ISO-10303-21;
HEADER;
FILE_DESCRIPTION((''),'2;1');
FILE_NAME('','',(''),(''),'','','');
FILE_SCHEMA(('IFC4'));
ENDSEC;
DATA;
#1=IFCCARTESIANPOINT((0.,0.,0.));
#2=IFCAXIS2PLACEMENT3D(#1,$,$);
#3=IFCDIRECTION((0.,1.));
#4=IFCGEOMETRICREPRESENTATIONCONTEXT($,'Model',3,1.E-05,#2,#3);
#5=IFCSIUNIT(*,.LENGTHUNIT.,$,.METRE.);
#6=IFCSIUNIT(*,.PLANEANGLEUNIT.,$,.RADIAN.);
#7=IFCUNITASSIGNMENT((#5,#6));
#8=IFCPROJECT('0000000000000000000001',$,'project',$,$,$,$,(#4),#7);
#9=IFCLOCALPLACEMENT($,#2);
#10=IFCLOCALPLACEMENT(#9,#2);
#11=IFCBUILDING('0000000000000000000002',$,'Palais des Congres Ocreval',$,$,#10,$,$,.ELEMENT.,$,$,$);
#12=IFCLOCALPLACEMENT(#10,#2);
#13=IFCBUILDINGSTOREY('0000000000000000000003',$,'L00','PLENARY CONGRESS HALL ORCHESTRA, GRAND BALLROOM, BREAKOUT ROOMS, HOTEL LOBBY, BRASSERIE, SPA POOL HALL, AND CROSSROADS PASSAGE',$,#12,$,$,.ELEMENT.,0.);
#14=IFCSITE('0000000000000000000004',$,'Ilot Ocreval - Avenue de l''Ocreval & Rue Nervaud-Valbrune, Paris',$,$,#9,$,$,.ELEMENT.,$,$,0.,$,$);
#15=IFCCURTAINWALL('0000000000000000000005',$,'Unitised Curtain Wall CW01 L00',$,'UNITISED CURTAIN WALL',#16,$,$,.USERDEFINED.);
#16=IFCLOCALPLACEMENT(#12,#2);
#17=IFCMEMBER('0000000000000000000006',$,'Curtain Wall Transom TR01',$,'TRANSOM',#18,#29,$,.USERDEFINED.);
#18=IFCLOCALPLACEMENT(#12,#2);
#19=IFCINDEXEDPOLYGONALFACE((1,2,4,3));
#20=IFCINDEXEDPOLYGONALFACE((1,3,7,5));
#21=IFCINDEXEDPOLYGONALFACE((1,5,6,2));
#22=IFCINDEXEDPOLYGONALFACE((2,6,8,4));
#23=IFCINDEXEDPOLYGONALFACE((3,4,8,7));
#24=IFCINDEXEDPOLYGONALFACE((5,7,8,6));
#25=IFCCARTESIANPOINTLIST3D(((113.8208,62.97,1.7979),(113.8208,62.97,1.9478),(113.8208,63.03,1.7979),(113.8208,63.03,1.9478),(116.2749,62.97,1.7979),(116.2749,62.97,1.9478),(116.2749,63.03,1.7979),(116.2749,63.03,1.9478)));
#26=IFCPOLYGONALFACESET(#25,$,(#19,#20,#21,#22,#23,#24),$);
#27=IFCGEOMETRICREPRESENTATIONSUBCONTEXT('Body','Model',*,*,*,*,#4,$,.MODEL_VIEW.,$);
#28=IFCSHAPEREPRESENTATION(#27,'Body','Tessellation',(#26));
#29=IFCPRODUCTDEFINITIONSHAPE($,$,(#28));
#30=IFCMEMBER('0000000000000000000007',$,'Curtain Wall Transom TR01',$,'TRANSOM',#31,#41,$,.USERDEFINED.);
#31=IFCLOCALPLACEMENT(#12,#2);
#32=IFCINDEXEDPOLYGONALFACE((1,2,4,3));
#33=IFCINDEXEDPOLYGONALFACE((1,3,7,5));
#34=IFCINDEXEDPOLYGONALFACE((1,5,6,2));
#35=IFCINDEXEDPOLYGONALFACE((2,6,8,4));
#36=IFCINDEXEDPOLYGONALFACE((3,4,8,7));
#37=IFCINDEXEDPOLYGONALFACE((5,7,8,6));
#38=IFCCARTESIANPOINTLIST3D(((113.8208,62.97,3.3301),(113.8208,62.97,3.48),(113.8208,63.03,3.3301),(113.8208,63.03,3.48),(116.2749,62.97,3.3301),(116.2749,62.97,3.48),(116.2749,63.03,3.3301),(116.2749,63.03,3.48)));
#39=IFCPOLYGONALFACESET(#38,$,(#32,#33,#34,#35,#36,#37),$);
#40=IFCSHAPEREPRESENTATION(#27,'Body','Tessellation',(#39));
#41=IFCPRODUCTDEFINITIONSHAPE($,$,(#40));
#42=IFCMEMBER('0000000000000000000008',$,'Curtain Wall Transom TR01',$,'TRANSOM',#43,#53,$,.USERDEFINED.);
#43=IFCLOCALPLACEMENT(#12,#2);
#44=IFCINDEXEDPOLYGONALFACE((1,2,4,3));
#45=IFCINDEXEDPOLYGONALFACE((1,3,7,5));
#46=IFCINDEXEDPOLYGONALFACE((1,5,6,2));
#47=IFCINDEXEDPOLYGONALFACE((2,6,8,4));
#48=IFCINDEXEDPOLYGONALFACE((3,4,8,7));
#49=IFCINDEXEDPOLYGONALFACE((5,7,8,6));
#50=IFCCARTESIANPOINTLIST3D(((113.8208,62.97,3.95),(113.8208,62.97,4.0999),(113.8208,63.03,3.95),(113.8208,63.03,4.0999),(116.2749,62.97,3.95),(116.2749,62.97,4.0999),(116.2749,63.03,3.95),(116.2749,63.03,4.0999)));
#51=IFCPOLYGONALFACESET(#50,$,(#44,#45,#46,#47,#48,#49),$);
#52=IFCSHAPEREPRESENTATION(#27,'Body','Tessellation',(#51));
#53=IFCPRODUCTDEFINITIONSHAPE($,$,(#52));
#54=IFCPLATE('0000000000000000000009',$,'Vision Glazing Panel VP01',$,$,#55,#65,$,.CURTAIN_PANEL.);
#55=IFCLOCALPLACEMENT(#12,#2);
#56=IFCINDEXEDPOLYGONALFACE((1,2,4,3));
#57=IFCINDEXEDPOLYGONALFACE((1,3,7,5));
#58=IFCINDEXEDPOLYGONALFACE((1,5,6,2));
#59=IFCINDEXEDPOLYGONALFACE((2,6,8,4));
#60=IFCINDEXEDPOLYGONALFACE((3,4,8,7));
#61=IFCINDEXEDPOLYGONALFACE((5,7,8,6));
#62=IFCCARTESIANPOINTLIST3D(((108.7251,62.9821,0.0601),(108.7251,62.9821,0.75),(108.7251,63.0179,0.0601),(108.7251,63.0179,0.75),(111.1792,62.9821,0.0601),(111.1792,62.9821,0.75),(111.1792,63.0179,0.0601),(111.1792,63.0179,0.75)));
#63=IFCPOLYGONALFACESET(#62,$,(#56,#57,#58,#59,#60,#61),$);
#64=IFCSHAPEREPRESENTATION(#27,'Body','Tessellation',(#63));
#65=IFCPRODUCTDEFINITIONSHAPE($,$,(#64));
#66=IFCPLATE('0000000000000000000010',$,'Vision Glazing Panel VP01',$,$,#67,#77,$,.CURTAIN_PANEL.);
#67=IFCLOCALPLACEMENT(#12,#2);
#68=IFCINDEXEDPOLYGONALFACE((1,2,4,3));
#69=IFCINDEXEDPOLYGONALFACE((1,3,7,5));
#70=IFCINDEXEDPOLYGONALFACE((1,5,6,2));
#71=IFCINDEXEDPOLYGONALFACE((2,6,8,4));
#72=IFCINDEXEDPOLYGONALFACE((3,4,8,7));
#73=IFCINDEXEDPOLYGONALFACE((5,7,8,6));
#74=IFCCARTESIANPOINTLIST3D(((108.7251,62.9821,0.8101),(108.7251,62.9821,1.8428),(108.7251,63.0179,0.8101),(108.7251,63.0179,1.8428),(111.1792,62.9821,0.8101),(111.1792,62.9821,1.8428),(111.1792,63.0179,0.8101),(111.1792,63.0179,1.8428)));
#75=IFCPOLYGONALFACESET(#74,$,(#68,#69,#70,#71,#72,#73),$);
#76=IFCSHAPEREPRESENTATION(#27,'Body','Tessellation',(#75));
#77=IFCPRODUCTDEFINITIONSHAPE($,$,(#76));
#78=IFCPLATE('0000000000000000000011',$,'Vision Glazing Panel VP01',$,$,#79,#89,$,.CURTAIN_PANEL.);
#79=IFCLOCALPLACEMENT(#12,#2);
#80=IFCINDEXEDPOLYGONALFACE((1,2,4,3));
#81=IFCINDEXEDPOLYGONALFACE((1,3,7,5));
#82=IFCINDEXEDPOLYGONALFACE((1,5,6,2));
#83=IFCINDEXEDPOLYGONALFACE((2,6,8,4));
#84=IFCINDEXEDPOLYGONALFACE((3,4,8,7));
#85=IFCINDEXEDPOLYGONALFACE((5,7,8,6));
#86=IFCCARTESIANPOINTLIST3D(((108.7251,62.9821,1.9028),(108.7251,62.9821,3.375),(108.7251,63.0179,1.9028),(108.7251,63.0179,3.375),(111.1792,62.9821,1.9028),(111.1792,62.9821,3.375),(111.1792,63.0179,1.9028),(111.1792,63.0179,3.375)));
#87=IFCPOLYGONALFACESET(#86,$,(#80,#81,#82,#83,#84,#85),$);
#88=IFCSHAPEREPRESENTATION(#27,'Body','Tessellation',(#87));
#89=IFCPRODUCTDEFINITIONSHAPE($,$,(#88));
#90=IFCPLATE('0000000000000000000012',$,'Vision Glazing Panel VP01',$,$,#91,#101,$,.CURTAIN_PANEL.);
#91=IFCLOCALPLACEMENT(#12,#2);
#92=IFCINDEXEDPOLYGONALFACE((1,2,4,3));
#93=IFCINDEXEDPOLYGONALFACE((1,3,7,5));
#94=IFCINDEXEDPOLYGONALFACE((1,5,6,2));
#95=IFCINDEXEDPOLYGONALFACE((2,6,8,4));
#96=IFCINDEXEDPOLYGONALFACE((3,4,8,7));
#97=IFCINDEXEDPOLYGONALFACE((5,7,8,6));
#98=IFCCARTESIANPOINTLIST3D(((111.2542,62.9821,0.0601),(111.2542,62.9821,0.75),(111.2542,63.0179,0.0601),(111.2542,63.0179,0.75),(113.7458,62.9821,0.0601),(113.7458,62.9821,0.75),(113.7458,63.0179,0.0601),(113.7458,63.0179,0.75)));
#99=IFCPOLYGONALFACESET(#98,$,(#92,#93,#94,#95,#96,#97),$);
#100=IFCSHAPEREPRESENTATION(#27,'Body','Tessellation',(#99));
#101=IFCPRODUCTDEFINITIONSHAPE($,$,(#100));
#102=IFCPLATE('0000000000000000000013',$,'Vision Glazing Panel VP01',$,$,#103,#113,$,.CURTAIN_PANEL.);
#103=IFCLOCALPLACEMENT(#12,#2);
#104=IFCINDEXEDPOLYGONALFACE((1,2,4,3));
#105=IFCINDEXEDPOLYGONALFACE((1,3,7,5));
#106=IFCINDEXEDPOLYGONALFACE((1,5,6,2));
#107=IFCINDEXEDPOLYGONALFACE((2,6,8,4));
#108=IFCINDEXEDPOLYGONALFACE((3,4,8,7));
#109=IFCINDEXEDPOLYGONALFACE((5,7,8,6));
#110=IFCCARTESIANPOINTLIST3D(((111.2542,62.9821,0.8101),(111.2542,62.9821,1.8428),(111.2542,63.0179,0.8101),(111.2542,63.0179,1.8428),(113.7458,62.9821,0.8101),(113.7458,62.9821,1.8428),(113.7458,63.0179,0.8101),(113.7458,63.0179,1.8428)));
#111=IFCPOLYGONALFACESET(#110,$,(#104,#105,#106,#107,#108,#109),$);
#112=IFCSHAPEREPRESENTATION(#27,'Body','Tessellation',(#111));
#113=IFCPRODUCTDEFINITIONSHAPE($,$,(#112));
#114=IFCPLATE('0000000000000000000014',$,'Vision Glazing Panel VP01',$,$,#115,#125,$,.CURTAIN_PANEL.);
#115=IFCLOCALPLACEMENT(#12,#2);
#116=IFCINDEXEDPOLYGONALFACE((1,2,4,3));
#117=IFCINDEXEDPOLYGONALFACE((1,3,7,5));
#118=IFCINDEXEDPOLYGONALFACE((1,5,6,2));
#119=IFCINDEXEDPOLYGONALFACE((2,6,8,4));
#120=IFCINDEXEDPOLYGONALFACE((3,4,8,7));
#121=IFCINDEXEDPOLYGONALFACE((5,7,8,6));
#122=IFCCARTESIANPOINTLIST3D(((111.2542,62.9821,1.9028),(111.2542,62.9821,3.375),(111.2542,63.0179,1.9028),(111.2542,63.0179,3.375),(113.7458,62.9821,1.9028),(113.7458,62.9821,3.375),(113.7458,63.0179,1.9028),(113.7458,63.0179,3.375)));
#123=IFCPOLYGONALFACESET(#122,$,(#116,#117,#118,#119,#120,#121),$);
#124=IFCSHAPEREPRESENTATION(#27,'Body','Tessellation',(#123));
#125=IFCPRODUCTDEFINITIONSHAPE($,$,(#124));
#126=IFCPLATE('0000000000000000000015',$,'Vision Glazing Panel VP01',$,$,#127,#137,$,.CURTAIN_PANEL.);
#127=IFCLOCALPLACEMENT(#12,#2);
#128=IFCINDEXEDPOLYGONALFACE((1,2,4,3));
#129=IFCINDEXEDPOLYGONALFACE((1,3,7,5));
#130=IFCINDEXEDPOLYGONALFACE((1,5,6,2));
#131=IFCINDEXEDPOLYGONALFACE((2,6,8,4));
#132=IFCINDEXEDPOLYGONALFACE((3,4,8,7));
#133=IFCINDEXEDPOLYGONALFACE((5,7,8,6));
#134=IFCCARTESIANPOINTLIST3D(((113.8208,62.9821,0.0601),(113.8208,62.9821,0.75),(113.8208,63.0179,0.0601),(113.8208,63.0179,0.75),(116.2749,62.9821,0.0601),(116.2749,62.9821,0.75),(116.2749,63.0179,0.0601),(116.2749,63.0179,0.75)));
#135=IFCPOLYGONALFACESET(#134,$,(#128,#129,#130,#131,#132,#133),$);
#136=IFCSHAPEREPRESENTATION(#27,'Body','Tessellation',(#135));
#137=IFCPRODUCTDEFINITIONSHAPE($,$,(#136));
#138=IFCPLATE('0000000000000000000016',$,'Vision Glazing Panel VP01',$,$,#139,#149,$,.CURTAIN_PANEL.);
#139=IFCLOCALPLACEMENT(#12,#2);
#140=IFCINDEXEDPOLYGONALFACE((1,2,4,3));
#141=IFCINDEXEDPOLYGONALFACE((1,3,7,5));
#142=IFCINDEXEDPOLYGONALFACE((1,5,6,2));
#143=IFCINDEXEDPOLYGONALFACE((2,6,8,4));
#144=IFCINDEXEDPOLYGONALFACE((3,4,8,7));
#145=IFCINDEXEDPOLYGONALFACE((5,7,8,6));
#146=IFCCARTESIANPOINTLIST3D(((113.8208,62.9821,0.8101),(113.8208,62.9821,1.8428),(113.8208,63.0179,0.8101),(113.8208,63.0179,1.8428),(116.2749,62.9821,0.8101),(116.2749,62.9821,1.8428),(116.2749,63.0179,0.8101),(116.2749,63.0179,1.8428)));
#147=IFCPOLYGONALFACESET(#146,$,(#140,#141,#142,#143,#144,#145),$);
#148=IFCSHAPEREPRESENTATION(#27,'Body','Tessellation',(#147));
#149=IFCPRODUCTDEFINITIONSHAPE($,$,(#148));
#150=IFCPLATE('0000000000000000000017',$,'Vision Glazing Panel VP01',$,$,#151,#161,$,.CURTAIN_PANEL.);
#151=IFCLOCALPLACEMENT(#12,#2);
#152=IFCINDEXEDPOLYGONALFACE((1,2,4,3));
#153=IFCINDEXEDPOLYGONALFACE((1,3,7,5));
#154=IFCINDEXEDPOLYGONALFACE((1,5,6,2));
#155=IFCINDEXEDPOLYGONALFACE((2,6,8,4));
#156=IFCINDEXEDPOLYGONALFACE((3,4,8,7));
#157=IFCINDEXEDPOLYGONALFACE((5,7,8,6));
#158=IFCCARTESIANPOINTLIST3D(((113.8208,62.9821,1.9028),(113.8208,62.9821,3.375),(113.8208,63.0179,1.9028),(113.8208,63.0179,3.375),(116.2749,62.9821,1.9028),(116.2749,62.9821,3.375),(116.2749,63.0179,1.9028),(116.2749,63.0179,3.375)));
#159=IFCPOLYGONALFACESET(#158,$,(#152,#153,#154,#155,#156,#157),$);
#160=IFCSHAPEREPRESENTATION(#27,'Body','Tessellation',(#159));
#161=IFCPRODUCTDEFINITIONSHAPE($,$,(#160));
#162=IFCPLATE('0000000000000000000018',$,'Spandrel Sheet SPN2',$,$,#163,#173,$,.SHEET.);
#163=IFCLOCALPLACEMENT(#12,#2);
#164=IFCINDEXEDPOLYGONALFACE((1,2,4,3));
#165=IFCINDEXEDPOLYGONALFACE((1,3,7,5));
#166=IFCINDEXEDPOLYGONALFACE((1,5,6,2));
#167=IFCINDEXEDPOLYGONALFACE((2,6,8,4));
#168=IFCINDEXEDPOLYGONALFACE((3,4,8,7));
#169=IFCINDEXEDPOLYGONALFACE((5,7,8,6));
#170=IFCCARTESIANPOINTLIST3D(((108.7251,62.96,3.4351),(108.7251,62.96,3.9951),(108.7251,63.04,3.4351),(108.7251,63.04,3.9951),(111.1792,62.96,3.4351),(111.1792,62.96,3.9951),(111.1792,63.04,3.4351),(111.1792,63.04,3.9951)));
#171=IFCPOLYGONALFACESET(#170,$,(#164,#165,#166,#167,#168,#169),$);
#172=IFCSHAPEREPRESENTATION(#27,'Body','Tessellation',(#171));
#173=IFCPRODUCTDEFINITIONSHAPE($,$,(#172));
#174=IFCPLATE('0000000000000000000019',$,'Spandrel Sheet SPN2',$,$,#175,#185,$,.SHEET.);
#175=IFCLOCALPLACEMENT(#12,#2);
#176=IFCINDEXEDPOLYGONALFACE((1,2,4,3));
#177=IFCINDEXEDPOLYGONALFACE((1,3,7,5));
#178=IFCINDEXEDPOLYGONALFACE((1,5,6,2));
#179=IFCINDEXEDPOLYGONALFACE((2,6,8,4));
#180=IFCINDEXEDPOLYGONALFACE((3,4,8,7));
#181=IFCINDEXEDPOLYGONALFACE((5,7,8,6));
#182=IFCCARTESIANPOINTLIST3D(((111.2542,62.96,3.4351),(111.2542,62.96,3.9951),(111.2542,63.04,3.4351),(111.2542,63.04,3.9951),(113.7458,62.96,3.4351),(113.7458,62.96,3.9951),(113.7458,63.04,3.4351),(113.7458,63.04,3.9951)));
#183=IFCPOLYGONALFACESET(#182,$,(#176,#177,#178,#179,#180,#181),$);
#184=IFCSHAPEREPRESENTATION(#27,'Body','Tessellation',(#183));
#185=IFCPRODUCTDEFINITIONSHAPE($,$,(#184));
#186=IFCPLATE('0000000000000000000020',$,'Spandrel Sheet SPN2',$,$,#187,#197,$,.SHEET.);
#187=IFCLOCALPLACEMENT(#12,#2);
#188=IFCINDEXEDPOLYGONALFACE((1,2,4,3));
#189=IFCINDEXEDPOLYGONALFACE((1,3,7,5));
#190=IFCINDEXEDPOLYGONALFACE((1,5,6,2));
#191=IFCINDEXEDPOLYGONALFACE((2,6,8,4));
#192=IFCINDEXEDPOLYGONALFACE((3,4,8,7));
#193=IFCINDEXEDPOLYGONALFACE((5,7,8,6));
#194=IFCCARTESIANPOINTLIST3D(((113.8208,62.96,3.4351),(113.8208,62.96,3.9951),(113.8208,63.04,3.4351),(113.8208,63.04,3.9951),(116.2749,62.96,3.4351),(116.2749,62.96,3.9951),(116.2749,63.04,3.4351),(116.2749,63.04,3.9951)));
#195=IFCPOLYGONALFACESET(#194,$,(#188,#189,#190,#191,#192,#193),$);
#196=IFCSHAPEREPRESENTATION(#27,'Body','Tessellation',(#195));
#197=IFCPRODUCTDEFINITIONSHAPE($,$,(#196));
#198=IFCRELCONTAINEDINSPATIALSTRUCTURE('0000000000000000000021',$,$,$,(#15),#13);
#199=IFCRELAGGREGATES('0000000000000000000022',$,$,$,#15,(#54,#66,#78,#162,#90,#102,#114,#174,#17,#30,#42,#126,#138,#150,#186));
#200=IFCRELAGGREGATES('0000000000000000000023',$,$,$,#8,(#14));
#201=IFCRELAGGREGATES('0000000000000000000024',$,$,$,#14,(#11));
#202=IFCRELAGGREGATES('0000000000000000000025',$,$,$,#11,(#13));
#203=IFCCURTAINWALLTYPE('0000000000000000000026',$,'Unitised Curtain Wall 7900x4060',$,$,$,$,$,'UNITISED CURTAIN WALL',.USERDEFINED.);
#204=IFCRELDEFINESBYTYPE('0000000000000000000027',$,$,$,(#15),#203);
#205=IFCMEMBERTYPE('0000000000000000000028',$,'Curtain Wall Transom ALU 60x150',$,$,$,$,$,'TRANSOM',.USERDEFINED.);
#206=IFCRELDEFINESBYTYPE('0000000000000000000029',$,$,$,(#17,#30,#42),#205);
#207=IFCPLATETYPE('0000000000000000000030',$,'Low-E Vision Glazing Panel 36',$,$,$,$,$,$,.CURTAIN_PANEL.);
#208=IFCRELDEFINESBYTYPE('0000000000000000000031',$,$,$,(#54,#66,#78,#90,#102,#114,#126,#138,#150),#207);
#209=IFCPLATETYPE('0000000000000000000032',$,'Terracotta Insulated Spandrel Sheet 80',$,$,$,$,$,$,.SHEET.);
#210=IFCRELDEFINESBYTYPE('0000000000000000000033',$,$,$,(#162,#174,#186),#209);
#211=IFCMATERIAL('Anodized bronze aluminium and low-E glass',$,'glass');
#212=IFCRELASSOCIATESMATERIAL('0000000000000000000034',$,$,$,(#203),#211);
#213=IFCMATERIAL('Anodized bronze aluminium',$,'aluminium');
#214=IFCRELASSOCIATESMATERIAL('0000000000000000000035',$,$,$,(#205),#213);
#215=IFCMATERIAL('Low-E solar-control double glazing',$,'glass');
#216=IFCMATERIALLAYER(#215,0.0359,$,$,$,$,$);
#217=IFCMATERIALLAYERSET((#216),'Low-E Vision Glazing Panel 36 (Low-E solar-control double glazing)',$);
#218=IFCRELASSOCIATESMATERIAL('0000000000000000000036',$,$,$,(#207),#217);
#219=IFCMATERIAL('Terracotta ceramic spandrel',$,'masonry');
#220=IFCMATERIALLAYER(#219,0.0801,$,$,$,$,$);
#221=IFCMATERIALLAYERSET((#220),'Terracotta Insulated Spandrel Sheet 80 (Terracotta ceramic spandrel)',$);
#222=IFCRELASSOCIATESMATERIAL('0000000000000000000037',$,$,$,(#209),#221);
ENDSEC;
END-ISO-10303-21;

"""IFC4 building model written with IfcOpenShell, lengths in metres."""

from ifc_helpers import new_model, si_unit, direction, frame, origin, origin_2d, place, context, subcontext, project, spatial, rectangle, extrude, material, layer, layer_set, material_profile, profile_set, type_object, element, aggregate, save


model = new_model("IFC4")

# Units and contexts
model_context = context("Model", 3, precision=1e-05, world=origin(), true_north=direction((0.0, 1.0)))
body_context = subcontext(model_context, "Body", "Model", "MODEL_VIEW")
ifc_project = project(units=[si_unit("LENGTHUNIT", "METRE"), si_unit("PLANEANGLEUNIT", "RADIAN")], contexts=[model_context])

# Site, building, storey
site_placement = place(None, origin())
site = spatial("IfcSite", under=ifc_project, at=site_placement, Name="Ilot Ocreval - Avenue de l'Ocreval & Rue Nervaud-Valbrune, Paris", CompositionType="ELEMENT", RefElevation=0.0)
building_placement = place(site_placement, origin())
building = spatial("IfcBuilding", under=site, at=building_placement, Name="Palais des Congres Ocreval", CompositionType="ELEMENT")
storey_placement = place(building_placement, origin())
storey = spatial("IfcBuildingStorey", under=building, at=storey_placement, Name="L00", Description="PLENARY CONGRESS HALL ORCHESTRA, GRAND BALLROOM, BREAKOUT ROOMS, HOTEL LOBBY, BRASSERIE, SPA POOL HALL, AND CROSSROADS PASSAGE", CompositionType="ELEMENT", Elevation=0.0)

# Curtain wall, members, plates
ifc_material_1 = material(Name="Anodized bronze aluminium and low-E glass", Category="glass")
curtain_wall_type = type_object("IfcCurtainWallType", Name="Unitised Curtain Wall 7900x4060", ElementType="UNITISED CURTAIN WALL", PredefinedType="USERDEFINED", material=ifc_material_1)
curtain_wall_placement = place(storey_placement, origin())
curtain_wall = element("IfcCurtainWall", 1, at=curtain_wall_placement, inside=storey, type_object=curtain_wall_type, Name="Unitised Curtain Wall CW01 L00", ObjectType="UNITISED CURTAIN WALL", PredefinedType="USERDEFINED")
ifc_material_2 = material(Name="Anodized bronze aluminium", Category="aluminium")
ifc_material_profile_1 = material_profile(ifc_material_2, rectangle(XDim=0.0601, YDim=0.1499, at=origin_2d()), Name="ALU 60x150")
ifc_profile_set_1 = profile_set([ifc_material_profile_1], Name="Anodized bronze aluminium")
member_type_1 = type_object("IfcMemberType", Name="Curtain Wall Transom ALU 60x150", ElementType="TRANSOM", PredefinedType="USERDEFINED", material=ifc_profile_set_1)
member_1_placement = place(storey_placement, frame((113.8208, 63.0, 1.8728), z_axis=(1.0, 0.0, 0.0), x_axis=(0.0, 1.0, 0.0)))
member_1 = element("IfcMember", 2, at=member_1_placement, type_object=member_type_1, Name="Curtain Wall Transom TR01", ObjectType="TRANSOM", PredefinedType="USERDEFINED", context=body_context, shape_type="SweptSolid", body=[
    extrude(rectangle(XDim=0.0601, YDim=0.1499, at=origin_2d()), origin(), (0.0, 0.0, 1.0), 2.4541),
])
member_2_placement = place(storey_placement, frame((113.8208, 63.0, 3.405), z_axis=(1.0, 0.0, 0.0), x_axis=(0.0, 1.0, 0.0)))
member_2 = element("IfcMember", 3, at=member_2_placement, type_object=member_type_1, Name="Curtain Wall Transom TR01", ObjectType="TRANSOM", PredefinedType="USERDEFINED", context=body_context, shape_type="SweptSolid", body=[
    extrude(rectangle(XDim=0.0601, YDim=0.1499, at=origin_2d()), origin(), (0.0, 0.0, 1.0), 2.4541),
])
member_3_placement = place(storey_placement, frame((113.8208, 63.0, 4.0249), z_axis=(1.0, 0.0, 0.0), x_axis=(0.0, 1.0, 0.0)))
member_3 = element("IfcMember", 4, at=member_3_placement, type_object=member_type_1, Name="Curtain Wall Transom TR01", ObjectType="TRANSOM", PredefinedType="USERDEFINED", context=body_context, shape_type="SweptSolid", body=[
    extrude(rectangle(XDim=0.0601, YDim=0.1499, at=origin_2d()), origin(), (0.0, 0.0, 1.0), 2.4541),
])
ifc_material_3 = material(Name="Low-E solar-control double glazing", Category="glass")
ifc_layer_1 = layer(ifc_material_3, 0.0359)
ifc_layer_set_1 = layer_set([ifc_layer_1], Name="Low-E Vision Glazing Panel 36 (Low-E solar-control double glazing)")
plate_type_1 = type_object("IfcPlateType", Name="Low-E Vision Glazing Panel 36", PredefinedType="CURTAIN_PANEL", material=ifc_layer_set_1)
plate_1_placement = place(storey_placement, frame((109.9521, 63.0, 0.0601), z_axis=(0.0, 0.0, 1.0), x_axis=(1.0, 0.0, 0.0)))
plate_1 = element("IfcPlate", 5, at=plate_1_placement, type_object=plate_type_1, Name="Vision Glazing Panel VP01", PredefinedType="CURTAIN_PANEL", context=body_context, shape_type="SweptSolid", body=[
    extrude(rectangle(XDim=2.4541, YDim=0.0359, at=origin_2d()), origin(), (0.0, 0.0, 1.0), 0.6899),
])
plate_2_placement = place(storey_placement, frame((109.9521, 63.0, 0.8101), z_axis=(0.0, 0.0, 1.0), x_axis=(1.0, 0.0, 0.0)))
plate_2 = element("IfcPlate", 6, at=plate_2_placement, type_object=plate_type_1, Name="Vision Glazing Panel VP01", PredefinedType="CURTAIN_PANEL", context=body_context, shape_type="SweptSolid", body=[
    extrude(rectangle(XDim=2.4541, YDim=0.0359, at=origin_2d()), origin(), (0.0, 0.0, 1.0), 1.0327),
])
plate_3_placement = place(storey_placement, frame((109.9521, 63.0, 1.9028), z_axis=(0.0, 0.0, 1.0), x_axis=(1.0, 0.0, 0.0)))
plate_3 = element("IfcPlate", 7, at=plate_3_placement, type_object=plate_type_1, Name="Vision Glazing Panel VP01", PredefinedType="CURTAIN_PANEL", context=body_context, shape_type="SweptSolid", body=[
    extrude(rectangle(XDim=2.4541, YDim=0.0359, at=origin_2d()), origin(), (0.0, 0.0, 1.0), 1.4722),
])
plate_4_placement = place(storey_placement, frame((112.5, 63.0, 0.0601), z_axis=(0.0, 0.0, 1.0), x_axis=(1.0, 0.0, 0.0)))
plate_4 = element("IfcPlate", 8, at=plate_4_placement, type_object=plate_type_1, Name="Vision Glazing Panel VP01", PredefinedType="CURTAIN_PANEL", context=body_context, shape_type="SweptSolid", body=[
    extrude(rectangle(XDim=2.4917, YDim=0.0359, at=origin_2d()), origin(), (0.0, 0.0, 1.0), 0.6899),
])
plate_5_placement = place(storey_placement, frame((112.5, 63.0, 0.8101), z_axis=(0.0, 0.0, 1.0), x_axis=(1.0, 0.0, 0.0)))
plate_5 = element("IfcPlate", 9, at=plate_5_placement, type_object=plate_type_1, Name="Vision Glazing Panel VP01", PredefinedType="CURTAIN_PANEL", context=body_context, shape_type="SweptSolid", body=[
    extrude(rectangle(XDim=2.4917, YDim=0.0359, at=origin_2d()), origin(), (0.0, 0.0, 1.0), 1.0327),
])
plate_6_placement = place(storey_placement, frame((112.5, 63.0, 1.9028), z_axis=(0.0, 0.0, 1.0), x_axis=(1.0, 0.0, 0.0)))
plate_6 = element("IfcPlate", 10, at=plate_6_placement, type_object=plate_type_1, Name="Vision Glazing Panel VP01", PredefinedType="CURTAIN_PANEL", context=body_context, shape_type="SweptSolid", body=[
    extrude(rectangle(XDim=2.4917, YDim=0.0359, at=origin_2d()), origin(), (0.0, 0.0, 1.0), 1.4722),
])
plate_7_placement = place(storey_placement, frame((115.0479, 63.0, 0.0601), z_axis=(0.0, 0.0, 1.0), x_axis=(1.0, 0.0, 0.0)))
plate_7 = element("IfcPlate", 11, at=plate_7_placement, type_object=plate_type_1, Name="Vision Glazing Panel VP01", PredefinedType="CURTAIN_PANEL", context=body_context, shape_type="SweptSolid", body=[
    extrude(rectangle(XDim=2.4541, YDim=0.0359, at=origin_2d()), origin(), (0.0, 0.0, 1.0), 0.6899),
])
plate_8_placement = place(storey_placement, frame((115.0479, 63.0, 0.8101), z_axis=(0.0, 0.0, 1.0), x_axis=(1.0, 0.0, 0.0)))
plate_8 = element("IfcPlate", 12, at=plate_8_placement, type_object=plate_type_1, Name="Vision Glazing Panel VP01", PredefinedType="CURTAIN_PANEL", context=body_context, shape_type="SweptSolid", body=[
    extrude(rectangle(XDim=2.4541, YDim=0.0359, at=origin_2d()), origin(), (0.0, 0.0, 1.0), 1.0327),
])
plate_9_placement = place(storey_placement, frame((115.0479, 63.0, 1.9028), z_axis=(0.0, 0.0, 1.0), x_axis=(1.0, 0.0, 0.0)))
plate_9 = element("IfcPlate", 13, at=plate_9_placement, type_object=plate_type_1, Name="Vision Glazing Panel VP01", PredefinedType="CURTAIN_PANEL", context=body_context, shape_type="SweptSolid", body=[
    extrude(rectangle(XDim=2.4541, YDim=0.0359, at=origin_2d()), origin(), (0.0, 0.0, 1.0), 1.4722),
])
ifc_material_4 = material(Name="Terracotta ceramic spandrel", Category="masonry")
ifc_layer_2 = layer(ifc_material_4, 0.0801)
ifc_layer_set_2 = layer_set([ifc_layer_2], Name="Terracotta Insulated Spandrel Sheet 80 (Terracotta ceramic spandrel)")
plate_type_2 = type_object("IfcPlateType", Name="Terracotta Insulated Spandrel Sheet 80", PredefinedType="SHEET", material=ifc_layer_set_2)
plate_10_placement = place(storey_placement, frame((109.9521, 63.0, 3.4351), z_axis=(0.0, 0.0, 1.0), x_axis=(1.0, 0.0, 0.0)))
plate_10 = element("IfcPlate", 14, at=plate_10_placement, type_object=plate_type_2, Name="Spandrel Sheet SPN2", PredefinedType="SHEET", context=body_context, shape_type="SweptSolid", body=[
    extrude(rectangle(XDim=2.4541, YDim=0.0801, at=origin_2d()), origin(), (0.0, 0.0, 1.0), 0.5601),
])
plate_11_placement = place(storey_placement, frame((112.5, 63.0, 3.4351), z_axis=(0.0, 0.0, 1.0), x_axis=(1.0, 0.0, 0.0)))
plate_11 = element("IfcPlate", 15, at=plate_11_placement, type_object=plate_type_2, Name="Spandrel Sheet SPN2", PredefinedType="SHEET", context=body_context, shape_type="SweptSolid", body=[
    extrude(rectangle(XDim=2.4917, YDim=0.0801, at=origin_2d()), origin(), (0.0, 0.0, 1.0), 0.5601),
])
plate_12_placement = place(storey_placement, frame((115.0479, 63.0, 3.4351), z_axis=(0.0, 0.0, 1.0), x_axis=(1.0, 0.0, 0.0)))
plate_12 = element("IfcPlate", 16, at=plate_12_placement, type_object=plate_type_2, Name="Spandrel Sheet SPN2", PredefinedType="SHEET", context=body_context, shape_type="SweptSolid", body=[
    extrude(rectangle(XDim=2.4541, YDim=0.0801, at=origin_2d()), origin(), (0.0, 0.0, 1.0), 0.5601),
])
aggregate(curtain_wall, [plate_1, plate_2, plate_3, plate_10, plate_4, plate_5, plate_6, plate_11, member_1, member_2, member_3, plate_7, plate_8, plate_9, plate_12])

save(model, "model.ifc")
